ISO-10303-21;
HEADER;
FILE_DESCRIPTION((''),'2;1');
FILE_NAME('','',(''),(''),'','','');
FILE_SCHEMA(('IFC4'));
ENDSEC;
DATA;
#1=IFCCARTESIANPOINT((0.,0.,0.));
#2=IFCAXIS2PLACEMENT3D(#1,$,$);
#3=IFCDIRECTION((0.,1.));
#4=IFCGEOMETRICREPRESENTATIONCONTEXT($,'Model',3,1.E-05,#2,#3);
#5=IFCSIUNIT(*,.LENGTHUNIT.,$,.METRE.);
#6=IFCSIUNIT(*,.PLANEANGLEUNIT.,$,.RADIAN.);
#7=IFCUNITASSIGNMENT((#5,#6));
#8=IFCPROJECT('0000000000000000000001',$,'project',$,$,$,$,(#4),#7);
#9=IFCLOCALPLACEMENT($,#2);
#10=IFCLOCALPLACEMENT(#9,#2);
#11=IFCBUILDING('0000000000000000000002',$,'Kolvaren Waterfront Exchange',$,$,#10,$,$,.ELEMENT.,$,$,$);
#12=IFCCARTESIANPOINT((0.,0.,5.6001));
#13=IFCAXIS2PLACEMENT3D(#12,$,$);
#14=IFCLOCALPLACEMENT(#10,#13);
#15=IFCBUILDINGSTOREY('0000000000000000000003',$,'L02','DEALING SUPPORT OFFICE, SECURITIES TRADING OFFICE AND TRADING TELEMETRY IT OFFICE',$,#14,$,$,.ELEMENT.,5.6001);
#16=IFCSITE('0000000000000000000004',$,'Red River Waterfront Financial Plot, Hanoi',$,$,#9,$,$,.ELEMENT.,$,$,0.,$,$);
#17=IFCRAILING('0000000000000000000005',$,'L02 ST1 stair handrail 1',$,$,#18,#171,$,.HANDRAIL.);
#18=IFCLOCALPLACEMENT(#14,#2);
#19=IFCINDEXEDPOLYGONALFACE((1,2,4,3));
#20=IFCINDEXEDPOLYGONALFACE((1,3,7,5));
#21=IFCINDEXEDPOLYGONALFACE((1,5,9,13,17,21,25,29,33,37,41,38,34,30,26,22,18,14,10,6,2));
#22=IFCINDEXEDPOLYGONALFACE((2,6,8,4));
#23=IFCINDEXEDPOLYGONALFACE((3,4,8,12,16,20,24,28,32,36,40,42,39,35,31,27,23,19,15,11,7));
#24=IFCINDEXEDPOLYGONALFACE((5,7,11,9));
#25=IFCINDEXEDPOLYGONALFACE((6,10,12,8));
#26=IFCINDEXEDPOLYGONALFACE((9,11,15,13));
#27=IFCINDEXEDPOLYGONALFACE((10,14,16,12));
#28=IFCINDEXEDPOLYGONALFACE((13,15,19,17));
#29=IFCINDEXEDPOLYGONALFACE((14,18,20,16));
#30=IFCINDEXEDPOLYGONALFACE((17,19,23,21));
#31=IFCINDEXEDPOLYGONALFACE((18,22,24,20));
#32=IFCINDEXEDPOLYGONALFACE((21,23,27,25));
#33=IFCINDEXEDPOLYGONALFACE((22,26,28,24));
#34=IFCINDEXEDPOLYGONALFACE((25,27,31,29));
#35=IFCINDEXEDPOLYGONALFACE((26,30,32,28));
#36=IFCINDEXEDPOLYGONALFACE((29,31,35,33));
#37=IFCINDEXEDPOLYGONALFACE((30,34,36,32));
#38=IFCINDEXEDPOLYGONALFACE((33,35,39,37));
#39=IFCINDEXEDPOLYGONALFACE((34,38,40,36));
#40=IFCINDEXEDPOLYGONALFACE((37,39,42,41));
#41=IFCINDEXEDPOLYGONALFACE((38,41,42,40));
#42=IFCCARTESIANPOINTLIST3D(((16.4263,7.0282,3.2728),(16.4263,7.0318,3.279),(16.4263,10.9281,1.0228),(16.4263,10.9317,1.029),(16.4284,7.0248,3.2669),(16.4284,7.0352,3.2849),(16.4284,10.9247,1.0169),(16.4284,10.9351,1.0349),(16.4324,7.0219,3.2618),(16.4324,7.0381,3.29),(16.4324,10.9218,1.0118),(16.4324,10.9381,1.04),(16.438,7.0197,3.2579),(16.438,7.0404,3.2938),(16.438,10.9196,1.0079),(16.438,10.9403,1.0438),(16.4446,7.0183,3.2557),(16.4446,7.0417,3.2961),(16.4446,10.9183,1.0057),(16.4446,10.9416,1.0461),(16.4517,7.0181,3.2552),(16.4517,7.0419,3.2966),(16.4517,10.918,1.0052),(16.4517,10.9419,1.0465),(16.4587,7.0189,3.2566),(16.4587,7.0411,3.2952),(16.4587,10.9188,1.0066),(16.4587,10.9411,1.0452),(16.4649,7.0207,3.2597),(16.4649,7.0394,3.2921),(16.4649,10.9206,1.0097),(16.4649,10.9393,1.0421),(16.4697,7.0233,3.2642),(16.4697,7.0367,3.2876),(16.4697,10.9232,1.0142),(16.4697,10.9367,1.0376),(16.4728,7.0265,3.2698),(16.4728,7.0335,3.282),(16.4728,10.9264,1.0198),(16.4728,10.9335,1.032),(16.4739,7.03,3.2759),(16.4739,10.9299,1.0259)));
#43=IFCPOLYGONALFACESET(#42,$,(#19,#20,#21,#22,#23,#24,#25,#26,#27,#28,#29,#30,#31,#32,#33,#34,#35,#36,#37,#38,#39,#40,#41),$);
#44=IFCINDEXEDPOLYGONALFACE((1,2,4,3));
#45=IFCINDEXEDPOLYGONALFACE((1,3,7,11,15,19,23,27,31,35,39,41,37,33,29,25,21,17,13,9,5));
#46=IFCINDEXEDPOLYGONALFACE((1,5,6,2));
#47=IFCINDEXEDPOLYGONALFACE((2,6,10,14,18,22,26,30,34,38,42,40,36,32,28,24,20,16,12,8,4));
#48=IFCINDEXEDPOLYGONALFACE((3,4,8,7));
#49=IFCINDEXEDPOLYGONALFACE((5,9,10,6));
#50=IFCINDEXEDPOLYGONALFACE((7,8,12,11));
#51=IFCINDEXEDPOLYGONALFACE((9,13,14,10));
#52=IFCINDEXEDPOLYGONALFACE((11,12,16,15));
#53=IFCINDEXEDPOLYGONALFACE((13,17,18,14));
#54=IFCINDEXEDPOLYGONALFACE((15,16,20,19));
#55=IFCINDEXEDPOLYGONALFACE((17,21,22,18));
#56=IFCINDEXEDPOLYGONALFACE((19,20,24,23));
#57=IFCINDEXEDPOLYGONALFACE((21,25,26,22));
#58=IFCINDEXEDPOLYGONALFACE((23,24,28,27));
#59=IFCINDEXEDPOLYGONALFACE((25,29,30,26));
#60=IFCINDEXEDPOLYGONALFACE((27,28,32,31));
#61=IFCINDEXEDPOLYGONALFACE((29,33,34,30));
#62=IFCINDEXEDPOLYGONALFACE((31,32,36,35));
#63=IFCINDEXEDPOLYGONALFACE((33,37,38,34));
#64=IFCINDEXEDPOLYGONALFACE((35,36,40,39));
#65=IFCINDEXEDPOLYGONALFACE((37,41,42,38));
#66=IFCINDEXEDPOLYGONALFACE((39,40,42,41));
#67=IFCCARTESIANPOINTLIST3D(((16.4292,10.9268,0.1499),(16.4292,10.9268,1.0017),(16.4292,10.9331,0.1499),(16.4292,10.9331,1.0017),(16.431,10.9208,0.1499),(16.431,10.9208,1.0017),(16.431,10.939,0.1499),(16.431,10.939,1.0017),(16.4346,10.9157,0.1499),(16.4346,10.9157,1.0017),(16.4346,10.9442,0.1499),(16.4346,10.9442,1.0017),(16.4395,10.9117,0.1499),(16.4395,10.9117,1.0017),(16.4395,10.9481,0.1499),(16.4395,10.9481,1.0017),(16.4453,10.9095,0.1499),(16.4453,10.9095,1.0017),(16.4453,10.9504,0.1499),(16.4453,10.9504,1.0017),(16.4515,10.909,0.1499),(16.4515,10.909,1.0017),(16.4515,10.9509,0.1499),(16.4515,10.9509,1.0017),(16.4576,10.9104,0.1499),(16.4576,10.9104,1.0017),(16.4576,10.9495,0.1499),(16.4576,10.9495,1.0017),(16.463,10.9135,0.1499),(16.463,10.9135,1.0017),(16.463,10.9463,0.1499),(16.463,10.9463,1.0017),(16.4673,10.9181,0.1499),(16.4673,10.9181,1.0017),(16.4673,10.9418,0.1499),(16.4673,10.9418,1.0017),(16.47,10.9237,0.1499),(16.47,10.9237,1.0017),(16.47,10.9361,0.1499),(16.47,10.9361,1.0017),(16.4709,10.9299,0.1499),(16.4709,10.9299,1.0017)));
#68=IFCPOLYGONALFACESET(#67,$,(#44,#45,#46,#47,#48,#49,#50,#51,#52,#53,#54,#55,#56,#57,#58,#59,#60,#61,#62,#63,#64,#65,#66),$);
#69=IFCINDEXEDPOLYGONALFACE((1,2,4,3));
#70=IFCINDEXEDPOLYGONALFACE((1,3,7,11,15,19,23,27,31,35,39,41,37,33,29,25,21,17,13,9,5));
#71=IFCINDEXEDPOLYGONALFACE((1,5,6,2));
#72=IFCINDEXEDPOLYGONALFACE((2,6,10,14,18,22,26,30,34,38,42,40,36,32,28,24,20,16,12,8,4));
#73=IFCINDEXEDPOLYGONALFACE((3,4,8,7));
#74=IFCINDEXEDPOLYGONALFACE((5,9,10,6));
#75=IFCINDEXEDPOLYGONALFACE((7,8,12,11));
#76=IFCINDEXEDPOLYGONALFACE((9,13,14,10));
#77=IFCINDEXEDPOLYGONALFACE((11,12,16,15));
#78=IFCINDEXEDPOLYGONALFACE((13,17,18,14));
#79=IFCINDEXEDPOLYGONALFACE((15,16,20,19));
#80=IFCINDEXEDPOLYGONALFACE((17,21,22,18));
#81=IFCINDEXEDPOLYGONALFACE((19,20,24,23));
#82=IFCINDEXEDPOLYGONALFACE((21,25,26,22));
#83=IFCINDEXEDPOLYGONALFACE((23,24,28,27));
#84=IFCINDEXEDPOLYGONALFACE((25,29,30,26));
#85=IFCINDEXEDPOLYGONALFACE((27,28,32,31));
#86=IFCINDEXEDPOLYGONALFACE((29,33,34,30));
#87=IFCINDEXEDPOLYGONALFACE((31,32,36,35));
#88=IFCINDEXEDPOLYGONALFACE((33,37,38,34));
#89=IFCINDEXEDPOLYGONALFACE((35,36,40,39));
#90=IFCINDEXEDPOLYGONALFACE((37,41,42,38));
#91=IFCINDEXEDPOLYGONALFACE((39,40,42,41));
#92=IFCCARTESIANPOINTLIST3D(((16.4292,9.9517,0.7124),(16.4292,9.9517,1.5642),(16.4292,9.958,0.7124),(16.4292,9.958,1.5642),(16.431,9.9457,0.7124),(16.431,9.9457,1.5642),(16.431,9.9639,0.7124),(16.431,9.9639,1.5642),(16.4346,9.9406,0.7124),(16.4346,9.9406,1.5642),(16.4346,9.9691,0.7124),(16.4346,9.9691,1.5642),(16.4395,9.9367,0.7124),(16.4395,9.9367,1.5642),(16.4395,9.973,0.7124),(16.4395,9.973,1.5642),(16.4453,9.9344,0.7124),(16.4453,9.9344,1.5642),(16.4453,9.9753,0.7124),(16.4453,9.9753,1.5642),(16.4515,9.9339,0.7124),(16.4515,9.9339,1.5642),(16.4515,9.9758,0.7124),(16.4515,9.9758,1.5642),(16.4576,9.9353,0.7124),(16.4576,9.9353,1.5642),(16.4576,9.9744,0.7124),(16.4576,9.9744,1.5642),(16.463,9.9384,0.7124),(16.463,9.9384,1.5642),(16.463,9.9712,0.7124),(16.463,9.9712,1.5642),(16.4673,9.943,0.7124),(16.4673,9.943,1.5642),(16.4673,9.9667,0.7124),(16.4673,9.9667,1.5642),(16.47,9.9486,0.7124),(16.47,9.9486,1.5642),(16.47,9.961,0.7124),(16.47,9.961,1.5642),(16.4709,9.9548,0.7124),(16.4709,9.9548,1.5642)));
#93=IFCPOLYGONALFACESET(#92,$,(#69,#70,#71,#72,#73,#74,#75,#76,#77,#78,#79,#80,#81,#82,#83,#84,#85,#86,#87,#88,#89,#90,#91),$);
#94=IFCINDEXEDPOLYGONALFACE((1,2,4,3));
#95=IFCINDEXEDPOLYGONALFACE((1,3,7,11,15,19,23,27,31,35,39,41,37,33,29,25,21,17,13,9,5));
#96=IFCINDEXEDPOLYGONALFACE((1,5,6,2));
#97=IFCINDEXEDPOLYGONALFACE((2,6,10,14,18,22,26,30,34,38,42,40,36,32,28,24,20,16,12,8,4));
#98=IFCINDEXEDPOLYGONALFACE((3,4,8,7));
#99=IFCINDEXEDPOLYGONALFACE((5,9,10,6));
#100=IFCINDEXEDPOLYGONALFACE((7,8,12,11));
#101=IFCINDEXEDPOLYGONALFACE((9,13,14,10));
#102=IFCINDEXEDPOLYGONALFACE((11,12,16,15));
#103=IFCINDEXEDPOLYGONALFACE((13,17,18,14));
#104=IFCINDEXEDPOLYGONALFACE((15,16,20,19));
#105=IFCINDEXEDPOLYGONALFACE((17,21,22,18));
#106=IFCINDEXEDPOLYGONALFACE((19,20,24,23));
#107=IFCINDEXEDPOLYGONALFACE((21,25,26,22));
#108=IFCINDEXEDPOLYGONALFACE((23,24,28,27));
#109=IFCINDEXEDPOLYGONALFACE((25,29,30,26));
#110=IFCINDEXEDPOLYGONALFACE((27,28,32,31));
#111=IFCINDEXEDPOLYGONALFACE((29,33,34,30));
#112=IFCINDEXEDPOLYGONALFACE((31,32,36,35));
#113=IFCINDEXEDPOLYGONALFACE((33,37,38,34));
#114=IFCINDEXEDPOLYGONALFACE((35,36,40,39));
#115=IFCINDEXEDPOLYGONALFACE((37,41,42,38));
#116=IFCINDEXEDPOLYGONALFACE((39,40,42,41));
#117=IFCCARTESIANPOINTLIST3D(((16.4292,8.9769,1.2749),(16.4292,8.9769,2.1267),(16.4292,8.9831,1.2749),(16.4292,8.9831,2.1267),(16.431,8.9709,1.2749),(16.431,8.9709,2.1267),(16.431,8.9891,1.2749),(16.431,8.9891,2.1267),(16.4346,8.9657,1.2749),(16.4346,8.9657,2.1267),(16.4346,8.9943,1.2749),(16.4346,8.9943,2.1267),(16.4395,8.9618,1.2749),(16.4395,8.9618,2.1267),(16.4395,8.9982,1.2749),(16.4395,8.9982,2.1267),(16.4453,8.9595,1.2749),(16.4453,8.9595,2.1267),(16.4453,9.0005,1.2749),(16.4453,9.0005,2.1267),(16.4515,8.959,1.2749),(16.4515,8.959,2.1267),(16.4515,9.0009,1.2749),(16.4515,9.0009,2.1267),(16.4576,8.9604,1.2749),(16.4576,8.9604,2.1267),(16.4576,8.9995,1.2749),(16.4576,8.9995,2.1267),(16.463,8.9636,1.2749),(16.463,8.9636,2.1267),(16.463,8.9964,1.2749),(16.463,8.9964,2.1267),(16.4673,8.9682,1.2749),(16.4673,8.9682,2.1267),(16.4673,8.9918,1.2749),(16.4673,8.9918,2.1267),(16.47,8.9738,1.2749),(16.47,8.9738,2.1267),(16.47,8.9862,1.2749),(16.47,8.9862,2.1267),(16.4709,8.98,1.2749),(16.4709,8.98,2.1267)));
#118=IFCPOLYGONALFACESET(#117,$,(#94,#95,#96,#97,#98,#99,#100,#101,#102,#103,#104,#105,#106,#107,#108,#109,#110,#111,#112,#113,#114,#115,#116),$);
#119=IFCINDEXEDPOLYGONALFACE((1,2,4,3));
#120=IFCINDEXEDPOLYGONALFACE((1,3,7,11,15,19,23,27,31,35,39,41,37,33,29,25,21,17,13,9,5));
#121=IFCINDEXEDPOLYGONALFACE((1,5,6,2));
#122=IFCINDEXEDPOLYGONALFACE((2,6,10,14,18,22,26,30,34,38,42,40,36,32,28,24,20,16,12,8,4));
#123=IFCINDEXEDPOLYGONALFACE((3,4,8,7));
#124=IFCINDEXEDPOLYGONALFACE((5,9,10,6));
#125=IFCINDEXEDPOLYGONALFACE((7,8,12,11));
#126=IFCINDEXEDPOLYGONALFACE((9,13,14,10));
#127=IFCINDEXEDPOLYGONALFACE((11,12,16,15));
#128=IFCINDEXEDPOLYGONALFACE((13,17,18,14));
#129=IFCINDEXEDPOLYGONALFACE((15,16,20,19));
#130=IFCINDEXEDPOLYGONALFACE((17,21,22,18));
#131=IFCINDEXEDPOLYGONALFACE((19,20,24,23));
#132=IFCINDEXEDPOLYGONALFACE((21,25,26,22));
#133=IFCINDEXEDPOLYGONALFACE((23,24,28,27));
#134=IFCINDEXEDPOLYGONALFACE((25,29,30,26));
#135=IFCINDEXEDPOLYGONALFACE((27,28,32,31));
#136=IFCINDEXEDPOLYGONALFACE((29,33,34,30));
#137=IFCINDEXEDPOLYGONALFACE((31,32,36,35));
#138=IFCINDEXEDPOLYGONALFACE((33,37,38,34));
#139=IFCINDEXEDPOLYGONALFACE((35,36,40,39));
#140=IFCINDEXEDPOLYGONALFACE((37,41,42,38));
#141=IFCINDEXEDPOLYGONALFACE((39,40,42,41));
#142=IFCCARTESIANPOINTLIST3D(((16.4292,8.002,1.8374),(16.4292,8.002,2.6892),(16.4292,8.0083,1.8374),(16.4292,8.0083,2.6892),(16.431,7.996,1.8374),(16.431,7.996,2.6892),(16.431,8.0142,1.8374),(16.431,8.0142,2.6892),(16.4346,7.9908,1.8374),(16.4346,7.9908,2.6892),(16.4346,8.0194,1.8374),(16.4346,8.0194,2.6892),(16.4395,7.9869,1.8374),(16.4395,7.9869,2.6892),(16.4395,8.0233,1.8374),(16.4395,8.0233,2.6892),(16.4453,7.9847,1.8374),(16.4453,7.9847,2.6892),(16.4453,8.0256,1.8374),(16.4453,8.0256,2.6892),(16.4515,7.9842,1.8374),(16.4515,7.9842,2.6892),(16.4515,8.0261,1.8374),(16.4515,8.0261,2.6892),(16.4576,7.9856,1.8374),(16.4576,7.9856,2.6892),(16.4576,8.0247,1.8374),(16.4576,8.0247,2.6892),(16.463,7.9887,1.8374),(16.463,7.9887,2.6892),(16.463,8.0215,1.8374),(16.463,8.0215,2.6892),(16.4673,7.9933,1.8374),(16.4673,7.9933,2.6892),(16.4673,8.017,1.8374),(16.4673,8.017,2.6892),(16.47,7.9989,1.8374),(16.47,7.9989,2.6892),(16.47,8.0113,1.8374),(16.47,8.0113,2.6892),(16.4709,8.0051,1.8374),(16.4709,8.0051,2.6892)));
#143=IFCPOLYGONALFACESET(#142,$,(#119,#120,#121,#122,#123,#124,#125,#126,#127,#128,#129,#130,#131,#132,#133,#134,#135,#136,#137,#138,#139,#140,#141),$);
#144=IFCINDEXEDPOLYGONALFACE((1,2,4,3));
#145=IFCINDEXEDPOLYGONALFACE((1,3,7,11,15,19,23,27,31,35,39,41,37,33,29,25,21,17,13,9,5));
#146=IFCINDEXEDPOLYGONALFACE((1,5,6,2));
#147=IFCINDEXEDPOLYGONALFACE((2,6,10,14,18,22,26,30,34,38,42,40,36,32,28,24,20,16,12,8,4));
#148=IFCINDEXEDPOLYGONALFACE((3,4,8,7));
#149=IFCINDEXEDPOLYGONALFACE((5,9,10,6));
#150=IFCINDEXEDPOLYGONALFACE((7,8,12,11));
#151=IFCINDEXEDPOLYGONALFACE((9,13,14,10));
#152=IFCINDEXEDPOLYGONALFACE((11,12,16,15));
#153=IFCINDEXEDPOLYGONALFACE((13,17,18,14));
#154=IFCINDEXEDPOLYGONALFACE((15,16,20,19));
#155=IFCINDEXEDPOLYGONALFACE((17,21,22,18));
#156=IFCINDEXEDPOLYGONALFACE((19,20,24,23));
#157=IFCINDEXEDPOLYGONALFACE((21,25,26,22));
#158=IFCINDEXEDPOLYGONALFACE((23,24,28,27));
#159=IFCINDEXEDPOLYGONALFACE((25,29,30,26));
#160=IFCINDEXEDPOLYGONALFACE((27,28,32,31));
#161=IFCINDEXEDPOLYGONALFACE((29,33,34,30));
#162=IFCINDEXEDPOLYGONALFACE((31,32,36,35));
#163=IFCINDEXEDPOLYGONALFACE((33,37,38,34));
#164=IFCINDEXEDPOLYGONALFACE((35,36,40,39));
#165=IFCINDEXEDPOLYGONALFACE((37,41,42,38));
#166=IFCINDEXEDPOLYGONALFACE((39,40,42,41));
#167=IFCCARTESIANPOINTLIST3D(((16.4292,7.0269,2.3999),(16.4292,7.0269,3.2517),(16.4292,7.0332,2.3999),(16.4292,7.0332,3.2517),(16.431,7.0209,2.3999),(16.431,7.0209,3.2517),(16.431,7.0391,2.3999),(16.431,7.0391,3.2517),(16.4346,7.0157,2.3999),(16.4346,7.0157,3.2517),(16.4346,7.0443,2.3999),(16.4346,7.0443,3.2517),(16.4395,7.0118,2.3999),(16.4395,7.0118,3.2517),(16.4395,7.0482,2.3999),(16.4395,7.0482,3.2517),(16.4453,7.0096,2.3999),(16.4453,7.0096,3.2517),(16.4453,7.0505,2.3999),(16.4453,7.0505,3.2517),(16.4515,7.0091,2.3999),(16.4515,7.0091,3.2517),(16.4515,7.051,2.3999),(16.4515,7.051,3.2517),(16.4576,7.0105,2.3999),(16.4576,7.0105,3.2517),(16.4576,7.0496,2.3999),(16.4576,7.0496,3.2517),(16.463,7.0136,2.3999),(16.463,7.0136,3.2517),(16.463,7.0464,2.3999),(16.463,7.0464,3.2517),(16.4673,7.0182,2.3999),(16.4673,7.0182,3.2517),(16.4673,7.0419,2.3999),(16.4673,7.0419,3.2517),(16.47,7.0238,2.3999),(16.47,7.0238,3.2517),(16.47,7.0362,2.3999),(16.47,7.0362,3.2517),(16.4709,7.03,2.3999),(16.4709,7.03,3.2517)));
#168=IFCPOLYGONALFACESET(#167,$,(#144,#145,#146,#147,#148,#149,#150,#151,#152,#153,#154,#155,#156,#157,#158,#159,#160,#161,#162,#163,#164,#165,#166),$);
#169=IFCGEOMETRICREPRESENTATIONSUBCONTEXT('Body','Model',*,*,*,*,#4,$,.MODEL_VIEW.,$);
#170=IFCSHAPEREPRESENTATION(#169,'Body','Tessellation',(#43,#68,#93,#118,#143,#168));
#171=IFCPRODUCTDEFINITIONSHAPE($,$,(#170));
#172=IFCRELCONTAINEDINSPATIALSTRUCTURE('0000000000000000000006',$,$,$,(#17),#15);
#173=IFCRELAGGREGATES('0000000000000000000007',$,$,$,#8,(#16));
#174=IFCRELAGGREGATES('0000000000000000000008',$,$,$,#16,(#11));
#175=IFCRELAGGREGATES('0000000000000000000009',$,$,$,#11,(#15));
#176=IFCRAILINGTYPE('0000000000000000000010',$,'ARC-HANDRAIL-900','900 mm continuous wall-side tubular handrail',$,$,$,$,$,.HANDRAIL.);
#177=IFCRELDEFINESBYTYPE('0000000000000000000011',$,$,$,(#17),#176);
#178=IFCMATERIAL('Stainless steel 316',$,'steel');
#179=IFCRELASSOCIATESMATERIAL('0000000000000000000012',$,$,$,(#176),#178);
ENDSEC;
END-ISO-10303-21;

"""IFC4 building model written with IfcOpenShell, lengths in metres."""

from ifc_helpers import new_model, si_unit, direction, frame, origin, origin_2d, place, context, subcontext, project, spatial, circle, extrude, material, type_object, element, save


model = new_model("IFC4")

# Units and contexts
model_context = context("Model", 3, precision=1e-05, world=origin(), true_north=direction((0.0, 1.0)))
body_context = subcontext(model_context, "Body", "Model", "MODEL_VIEW")
ifc_project = project(units=[si_unit("LENGTHUNIT", "METRE"), si_unit("PLANEANGLEUNIT", "RADIAN")], contexts=[model_context])

# Site, building, storey
site_placement = place(None, origin())
site = spatial("IfcSite", under=ifc_project, at=site_placement, Name="Red River Waterfront Financial Plot, Hanoi", CompositionType="ELEMENT", RefElevation=0.0)
building_placement = place(site_placement, origin())
building = spatial("IfcBuilding", under=site, at=building_placement, Name="Kolvaren Waterfront Exchange", CompositionType="ELEMENT")
storey_placement = place(building_placement, frame((0.0, 0.0, 5.6001)))
storey = spatial("IfcBuildingStorey", under=building, at=storey_placement, Name="L02", Description="DEALING SUPPORT OFFICE, SECURITIES TRADING OFFICE AND TRADING TELEMETRY IT OFFICE", CompositionType="ELEMENT", Elevation=5.6001)

# Railing
ifc_material_1 = material(Name="Stainless steel 316", Category="steel")
railing_type_1 = type_object("IfcRailingType", Name="ARC-HANDRAIL-900", Description="900 mm continuous wall-side tubular handrail", PredefinedType="HANDRAIL", material=ifc_material_1)
railing_1_placement = place(storey_placement, frame((16.45, 10.9299, 0.1499)))
element("IfcRailing", 1, at=railing_1_placement, inside=storey, type_object=railing_type_1, Name="L02 ST1 stair handrail 1", PredefinedType="HANDRAIL", context=body_context, shape_type="SweptSolid", body=[
    extrude(circle(Radius=0.0239, at=origin_2d()), frame((0.0, 0.0, 0.876), z_axis=(0.0, -0.86618, 0.499732), x_axis=(1.0, 0.0, 0.0)), (0.0, 0.0, 1.0), 4.5024),
    extrude(circle(Radius=0.021, at=origin_2d()), origin(), (0.0, 0.0, 1.0), 0.8518),
    extrude(circle(Radius=0.021, at=origin_2d()), frame((0.0, -0.9751, 0.5625)), (0.0, 0.0, 1.0), 0.8518),
    extrude(circle(Radius=0.021, at=origin_2d()), frame((0.0, -1.95, 1.125)), (0.0, 0.0, 1.0), 0.8518),
    extrude(circle(Radius=0.021, at=origin_2d()), frame((0.0, -2.9248, 1.6875)), (0.0, 0.0, 1.0), 0.8518),
    extrude(circle(Radius=0.021, at=origin_2d()), frame((0.0, -3.8999, 2.25)), (0.0, 0.0, 1.0), 0.8518),
])

save(model, "model.ifc")
